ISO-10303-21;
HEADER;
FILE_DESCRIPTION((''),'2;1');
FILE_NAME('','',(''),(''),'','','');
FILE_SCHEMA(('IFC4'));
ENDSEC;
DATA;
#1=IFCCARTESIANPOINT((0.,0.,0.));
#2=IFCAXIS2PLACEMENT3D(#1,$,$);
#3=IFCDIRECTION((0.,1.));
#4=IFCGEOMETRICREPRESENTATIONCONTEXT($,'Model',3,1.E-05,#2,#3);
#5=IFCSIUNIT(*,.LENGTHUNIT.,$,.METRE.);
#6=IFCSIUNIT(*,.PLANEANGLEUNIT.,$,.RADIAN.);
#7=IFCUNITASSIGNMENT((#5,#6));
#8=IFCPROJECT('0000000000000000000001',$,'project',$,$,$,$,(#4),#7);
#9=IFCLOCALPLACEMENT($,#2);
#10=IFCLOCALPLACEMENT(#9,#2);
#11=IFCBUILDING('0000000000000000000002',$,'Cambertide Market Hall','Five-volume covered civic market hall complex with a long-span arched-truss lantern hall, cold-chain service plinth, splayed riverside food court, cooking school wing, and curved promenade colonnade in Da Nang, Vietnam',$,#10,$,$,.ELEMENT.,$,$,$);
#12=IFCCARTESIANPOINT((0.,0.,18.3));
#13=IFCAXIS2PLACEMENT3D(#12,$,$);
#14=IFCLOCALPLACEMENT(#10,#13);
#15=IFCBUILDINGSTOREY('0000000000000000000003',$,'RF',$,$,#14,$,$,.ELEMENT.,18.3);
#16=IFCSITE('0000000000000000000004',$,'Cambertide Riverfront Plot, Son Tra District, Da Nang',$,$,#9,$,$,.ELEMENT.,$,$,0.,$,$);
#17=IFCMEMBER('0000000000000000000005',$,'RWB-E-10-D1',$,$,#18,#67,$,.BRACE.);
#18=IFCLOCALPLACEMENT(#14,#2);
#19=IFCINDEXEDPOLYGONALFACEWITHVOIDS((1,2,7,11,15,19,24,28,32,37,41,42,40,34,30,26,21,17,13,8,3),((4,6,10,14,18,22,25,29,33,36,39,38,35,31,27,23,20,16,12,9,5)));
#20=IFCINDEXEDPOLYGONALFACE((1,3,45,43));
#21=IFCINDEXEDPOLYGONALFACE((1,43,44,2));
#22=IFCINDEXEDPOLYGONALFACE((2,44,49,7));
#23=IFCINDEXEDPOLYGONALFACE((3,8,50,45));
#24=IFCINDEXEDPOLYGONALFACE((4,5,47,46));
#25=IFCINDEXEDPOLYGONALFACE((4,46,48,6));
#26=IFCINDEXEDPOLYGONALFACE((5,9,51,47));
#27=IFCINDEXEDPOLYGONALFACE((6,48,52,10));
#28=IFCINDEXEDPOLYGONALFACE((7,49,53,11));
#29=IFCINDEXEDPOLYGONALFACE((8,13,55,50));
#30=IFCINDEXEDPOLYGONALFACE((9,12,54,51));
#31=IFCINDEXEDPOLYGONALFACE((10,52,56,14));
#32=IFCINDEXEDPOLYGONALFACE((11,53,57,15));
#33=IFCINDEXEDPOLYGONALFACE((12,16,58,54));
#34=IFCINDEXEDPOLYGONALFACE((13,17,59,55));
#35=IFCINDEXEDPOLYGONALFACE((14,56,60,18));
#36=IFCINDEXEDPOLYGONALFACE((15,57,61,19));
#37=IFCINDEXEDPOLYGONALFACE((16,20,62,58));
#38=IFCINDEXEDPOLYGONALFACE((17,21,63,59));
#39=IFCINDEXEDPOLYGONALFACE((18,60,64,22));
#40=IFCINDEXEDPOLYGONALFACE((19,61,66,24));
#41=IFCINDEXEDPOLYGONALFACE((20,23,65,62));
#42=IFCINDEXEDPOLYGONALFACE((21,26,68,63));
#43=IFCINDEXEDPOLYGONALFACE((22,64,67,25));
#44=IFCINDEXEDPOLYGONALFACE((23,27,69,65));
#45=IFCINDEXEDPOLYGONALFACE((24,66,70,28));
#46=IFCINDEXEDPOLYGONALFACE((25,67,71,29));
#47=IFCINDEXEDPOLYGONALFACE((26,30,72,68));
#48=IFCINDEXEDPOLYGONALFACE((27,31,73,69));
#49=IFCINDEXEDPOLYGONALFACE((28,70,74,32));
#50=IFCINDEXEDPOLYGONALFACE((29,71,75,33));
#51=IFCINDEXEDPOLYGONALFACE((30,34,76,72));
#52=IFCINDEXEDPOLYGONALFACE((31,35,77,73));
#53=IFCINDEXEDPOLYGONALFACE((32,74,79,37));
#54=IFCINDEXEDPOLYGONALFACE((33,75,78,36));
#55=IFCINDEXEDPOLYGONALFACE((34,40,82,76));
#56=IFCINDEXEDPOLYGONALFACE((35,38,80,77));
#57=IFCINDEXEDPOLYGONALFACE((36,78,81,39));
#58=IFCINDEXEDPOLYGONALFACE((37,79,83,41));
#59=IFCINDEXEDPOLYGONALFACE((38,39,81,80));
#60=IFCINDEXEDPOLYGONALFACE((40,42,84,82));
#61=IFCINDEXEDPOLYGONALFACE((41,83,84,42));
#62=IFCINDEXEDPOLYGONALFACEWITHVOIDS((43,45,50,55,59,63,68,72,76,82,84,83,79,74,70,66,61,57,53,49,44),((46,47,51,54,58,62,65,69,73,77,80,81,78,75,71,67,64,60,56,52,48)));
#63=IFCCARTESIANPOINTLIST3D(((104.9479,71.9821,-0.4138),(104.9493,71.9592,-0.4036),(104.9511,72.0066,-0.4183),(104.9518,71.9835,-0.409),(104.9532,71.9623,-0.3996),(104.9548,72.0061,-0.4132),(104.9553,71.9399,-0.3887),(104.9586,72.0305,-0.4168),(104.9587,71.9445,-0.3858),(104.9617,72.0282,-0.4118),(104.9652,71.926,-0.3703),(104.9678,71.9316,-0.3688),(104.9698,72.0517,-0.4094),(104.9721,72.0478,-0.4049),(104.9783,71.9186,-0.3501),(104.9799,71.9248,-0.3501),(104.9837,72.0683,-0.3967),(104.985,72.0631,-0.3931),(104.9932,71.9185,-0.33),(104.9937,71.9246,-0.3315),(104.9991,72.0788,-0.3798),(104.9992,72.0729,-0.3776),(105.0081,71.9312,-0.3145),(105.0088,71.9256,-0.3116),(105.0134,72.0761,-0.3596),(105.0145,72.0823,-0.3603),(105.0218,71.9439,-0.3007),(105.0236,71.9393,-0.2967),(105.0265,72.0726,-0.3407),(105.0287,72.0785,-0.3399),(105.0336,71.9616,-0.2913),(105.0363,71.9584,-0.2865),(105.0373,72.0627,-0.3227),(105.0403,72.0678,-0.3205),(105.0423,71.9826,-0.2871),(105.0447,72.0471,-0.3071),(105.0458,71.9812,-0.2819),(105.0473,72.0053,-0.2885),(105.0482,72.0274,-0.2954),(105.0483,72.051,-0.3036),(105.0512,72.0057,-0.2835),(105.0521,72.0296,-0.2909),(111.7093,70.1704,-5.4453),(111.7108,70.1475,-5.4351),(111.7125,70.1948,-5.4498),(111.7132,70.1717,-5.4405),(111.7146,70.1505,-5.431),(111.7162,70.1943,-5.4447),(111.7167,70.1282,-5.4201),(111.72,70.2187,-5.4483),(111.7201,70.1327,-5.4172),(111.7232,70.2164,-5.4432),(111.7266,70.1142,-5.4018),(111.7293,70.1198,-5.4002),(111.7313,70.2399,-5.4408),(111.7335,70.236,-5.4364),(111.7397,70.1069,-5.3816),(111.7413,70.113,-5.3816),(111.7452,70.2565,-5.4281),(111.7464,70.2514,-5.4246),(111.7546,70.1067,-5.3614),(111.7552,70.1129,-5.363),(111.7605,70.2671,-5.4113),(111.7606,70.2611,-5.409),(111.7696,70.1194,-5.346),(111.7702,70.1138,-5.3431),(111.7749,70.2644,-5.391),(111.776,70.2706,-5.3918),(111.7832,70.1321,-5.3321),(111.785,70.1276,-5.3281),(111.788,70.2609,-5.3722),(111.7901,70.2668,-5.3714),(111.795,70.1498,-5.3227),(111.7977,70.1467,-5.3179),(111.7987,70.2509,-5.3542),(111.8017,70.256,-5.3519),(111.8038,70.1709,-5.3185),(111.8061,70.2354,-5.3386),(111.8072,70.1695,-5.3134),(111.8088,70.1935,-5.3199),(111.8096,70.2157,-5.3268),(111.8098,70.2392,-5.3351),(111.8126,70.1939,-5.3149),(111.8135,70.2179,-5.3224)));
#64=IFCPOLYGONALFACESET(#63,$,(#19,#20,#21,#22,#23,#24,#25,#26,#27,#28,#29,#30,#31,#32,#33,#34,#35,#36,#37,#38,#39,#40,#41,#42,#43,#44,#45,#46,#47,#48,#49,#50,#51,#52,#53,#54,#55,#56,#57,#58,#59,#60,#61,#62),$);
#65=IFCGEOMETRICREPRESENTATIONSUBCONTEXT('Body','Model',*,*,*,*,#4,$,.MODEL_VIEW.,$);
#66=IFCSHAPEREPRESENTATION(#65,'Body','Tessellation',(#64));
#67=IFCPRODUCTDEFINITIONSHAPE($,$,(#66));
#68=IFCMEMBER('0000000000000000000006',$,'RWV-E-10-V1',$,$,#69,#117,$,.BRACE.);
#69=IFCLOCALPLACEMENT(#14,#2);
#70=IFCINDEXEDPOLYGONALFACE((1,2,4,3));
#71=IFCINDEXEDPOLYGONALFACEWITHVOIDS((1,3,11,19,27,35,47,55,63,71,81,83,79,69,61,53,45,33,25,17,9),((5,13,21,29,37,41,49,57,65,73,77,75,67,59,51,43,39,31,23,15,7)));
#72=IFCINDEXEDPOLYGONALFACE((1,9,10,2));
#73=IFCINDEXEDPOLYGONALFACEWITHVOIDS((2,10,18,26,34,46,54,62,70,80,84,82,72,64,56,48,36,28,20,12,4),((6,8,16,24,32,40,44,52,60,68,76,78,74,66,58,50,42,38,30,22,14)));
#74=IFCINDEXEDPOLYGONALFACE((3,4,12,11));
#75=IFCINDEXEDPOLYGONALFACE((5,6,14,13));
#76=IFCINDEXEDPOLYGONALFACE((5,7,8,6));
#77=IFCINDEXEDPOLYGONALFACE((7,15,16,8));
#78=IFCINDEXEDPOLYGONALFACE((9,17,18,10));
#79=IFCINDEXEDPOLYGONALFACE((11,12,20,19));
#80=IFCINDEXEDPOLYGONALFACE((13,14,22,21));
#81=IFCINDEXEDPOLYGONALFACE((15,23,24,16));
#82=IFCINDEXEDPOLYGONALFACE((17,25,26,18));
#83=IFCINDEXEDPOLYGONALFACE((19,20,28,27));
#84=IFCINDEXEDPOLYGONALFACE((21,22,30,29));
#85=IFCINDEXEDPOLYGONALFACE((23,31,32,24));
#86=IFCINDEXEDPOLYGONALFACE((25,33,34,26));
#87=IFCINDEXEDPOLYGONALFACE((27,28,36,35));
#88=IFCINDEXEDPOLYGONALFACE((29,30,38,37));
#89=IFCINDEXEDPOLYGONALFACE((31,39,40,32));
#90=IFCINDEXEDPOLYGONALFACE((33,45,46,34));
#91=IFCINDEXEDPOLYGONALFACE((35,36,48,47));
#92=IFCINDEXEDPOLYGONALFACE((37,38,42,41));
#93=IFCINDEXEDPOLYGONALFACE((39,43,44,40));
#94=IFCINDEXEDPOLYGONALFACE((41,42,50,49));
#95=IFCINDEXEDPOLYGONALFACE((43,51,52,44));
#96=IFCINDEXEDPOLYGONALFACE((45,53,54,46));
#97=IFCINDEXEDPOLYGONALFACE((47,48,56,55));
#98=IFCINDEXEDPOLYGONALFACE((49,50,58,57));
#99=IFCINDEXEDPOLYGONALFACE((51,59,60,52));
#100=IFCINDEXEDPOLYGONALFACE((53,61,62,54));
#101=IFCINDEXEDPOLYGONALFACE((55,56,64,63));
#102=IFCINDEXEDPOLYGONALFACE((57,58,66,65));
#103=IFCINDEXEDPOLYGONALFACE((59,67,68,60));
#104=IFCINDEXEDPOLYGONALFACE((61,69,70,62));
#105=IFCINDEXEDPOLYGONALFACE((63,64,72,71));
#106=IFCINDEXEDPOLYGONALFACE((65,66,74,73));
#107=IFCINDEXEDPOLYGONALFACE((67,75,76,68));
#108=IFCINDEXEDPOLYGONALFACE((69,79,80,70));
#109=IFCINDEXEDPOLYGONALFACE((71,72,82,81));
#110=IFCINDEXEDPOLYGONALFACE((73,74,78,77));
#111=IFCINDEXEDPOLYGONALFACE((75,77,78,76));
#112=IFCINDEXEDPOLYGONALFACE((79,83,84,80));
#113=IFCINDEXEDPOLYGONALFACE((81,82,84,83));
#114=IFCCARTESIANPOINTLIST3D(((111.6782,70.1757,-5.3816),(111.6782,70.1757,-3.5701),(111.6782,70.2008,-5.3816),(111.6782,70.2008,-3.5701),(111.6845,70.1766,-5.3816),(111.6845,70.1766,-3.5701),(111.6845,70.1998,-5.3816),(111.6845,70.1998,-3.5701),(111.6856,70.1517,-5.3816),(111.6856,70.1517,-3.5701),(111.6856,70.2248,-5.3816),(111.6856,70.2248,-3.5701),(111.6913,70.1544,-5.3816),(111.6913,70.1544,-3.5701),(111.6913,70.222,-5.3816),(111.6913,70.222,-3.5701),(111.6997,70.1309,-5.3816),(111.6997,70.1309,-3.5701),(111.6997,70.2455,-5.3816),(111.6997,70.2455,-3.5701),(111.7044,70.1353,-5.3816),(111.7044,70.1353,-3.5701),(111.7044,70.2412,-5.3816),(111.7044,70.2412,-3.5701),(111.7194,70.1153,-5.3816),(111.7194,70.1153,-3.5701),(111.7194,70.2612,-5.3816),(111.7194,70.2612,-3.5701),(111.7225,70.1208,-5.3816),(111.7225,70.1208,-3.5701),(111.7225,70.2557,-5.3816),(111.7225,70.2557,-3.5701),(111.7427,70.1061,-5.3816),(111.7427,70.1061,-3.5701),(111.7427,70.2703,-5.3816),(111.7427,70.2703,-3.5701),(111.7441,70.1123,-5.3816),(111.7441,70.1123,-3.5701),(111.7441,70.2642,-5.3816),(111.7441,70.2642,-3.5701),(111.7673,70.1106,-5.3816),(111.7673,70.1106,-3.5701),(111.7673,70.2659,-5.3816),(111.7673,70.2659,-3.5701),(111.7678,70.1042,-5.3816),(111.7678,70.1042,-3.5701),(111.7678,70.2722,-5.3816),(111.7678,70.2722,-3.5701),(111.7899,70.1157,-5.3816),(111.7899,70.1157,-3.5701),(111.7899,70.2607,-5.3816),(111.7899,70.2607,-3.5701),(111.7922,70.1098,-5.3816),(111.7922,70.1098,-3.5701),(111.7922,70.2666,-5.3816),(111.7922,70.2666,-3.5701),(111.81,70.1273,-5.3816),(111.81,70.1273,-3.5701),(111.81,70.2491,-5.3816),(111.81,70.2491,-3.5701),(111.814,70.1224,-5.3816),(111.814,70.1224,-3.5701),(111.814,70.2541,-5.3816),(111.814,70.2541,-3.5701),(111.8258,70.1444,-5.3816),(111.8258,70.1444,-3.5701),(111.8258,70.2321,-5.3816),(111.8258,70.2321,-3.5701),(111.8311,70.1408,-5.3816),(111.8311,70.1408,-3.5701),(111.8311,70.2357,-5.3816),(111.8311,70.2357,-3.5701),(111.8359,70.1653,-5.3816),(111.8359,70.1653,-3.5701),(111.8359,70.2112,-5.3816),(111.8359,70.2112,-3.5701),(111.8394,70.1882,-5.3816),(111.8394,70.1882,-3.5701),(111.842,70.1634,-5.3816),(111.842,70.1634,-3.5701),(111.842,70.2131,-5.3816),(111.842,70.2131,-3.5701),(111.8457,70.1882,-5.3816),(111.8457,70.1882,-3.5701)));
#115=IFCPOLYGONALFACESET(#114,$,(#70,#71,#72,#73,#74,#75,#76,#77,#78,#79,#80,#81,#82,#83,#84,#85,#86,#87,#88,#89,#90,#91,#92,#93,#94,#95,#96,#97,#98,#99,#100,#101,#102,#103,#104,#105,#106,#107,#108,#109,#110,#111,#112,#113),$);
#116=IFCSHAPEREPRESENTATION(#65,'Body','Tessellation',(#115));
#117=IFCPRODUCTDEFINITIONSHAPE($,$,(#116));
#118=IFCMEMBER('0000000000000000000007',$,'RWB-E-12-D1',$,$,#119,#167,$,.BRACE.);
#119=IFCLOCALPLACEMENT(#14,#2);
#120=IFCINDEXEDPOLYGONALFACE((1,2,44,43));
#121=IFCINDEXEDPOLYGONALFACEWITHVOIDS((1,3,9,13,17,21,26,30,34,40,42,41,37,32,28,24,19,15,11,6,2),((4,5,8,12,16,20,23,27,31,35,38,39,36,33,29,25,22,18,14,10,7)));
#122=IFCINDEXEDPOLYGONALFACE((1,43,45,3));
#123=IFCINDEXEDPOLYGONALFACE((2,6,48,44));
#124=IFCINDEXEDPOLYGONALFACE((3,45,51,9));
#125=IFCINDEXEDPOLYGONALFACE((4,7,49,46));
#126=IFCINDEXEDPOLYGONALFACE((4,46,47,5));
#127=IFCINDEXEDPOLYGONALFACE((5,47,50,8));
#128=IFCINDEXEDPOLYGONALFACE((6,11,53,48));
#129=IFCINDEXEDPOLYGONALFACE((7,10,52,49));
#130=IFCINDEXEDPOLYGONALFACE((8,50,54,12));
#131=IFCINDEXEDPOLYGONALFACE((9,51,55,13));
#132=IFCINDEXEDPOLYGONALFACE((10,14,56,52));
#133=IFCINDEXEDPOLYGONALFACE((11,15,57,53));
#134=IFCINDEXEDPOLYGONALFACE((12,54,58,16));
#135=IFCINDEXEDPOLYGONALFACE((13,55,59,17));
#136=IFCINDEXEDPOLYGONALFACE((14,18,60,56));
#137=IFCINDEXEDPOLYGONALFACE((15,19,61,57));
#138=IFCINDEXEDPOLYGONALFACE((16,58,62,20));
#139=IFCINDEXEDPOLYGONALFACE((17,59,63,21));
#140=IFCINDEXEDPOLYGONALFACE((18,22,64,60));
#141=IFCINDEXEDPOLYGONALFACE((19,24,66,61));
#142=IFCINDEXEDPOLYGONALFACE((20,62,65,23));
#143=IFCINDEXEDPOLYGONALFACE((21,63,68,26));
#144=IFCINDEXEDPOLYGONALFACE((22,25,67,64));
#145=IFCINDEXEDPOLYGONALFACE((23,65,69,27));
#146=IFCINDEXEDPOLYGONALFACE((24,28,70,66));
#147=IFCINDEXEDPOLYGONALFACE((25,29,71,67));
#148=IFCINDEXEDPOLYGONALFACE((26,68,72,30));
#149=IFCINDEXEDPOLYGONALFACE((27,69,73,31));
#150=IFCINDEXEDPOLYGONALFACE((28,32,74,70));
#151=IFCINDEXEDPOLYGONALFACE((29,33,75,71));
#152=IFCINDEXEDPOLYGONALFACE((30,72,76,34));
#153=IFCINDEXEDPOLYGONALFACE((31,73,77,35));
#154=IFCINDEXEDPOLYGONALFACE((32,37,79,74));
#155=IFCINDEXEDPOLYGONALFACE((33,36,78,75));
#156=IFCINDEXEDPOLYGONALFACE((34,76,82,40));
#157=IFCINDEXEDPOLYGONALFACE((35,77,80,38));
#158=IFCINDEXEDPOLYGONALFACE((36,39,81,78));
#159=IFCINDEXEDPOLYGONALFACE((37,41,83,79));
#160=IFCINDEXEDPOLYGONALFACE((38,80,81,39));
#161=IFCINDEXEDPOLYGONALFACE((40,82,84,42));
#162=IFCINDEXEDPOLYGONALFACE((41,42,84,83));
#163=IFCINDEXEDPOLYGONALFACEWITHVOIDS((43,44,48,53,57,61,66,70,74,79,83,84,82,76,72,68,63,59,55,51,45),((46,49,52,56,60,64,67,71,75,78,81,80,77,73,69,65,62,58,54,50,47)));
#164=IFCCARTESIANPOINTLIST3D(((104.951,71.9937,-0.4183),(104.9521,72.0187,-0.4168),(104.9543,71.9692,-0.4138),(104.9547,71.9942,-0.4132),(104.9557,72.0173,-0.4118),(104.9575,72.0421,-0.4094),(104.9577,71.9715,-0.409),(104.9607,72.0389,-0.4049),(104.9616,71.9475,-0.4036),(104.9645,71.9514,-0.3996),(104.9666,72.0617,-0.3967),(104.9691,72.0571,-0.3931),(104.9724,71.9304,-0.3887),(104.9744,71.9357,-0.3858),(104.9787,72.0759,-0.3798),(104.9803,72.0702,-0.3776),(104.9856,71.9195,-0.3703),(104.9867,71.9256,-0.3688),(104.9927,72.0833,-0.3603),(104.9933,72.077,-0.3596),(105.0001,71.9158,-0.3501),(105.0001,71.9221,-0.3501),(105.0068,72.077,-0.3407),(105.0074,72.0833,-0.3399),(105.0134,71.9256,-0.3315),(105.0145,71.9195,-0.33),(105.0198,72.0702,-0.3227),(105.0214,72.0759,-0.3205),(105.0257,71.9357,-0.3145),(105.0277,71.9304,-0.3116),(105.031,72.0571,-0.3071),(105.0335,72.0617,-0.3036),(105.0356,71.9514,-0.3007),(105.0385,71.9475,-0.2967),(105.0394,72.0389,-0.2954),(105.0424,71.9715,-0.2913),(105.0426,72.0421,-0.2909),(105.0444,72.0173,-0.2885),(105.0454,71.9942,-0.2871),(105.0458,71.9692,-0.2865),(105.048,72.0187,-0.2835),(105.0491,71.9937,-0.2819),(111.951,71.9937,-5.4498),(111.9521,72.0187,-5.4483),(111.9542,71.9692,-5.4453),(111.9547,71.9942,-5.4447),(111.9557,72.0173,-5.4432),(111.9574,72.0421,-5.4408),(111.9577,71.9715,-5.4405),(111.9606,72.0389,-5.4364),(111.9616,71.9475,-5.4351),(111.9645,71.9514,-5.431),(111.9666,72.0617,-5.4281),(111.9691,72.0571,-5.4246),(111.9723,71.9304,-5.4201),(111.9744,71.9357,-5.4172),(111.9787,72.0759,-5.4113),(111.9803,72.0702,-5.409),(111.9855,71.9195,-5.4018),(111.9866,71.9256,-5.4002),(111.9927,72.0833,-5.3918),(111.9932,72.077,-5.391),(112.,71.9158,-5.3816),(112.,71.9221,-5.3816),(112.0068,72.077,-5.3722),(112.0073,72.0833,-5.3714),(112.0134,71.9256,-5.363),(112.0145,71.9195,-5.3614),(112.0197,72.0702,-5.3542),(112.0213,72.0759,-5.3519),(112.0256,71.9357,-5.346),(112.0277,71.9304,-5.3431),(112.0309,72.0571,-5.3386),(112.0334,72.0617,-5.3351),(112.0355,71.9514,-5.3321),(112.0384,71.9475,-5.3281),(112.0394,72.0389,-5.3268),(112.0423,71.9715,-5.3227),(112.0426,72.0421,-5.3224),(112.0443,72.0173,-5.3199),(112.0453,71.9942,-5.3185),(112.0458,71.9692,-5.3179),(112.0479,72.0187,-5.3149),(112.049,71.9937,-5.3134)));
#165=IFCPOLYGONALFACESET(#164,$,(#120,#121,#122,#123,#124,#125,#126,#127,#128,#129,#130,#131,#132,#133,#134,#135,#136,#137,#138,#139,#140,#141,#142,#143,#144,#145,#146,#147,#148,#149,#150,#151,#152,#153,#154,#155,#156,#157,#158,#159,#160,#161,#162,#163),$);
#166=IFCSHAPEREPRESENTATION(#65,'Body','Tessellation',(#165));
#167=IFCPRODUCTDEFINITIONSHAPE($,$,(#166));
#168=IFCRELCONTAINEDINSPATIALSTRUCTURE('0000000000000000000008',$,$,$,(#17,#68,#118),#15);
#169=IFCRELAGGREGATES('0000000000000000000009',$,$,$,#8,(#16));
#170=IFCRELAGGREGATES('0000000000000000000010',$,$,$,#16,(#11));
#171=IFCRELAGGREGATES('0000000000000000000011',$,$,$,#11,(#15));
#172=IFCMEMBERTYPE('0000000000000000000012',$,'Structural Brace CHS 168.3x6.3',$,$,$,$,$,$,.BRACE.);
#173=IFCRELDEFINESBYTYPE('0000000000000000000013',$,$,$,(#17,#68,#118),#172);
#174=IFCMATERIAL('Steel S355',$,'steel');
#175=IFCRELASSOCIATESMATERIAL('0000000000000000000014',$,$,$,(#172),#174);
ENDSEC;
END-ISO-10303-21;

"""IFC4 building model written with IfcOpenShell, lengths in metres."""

from ifc_helpers import new_model, si_unit, direction, frame, origin, origin_2d, place, context, subcontext, project, spatial, hollow_circle, extrude, material, material_profile, profile_set, type_object, element, save


model = new_model("IFC4")

# Units and contexts
model_context = context("Model", 3, precision=1e-05, world=origin(), true_north=direction((0.0, 1.0)))
body_context = subcontext(model_context, "Body", "Model", "MODEL_VIEW")
ifc_project = project(units=[si_unit("LENGTHUNIT", "METRE"), si_unit("PLANEANGLEUNIT", "RADIAN")], contexts=[model_context])

# Site, building, storey
site_placement = place(None, origin())
site = spatial("IfcSite", under=ifc_project, at=site_placement, Name="Cambertide Riverfront Plot, Son Tra District, Da Nang", CompositionType="ELEMENT", RefElevation=0.0)
building_placement = place(site_placement, origin())
building = spatial("IfcBuilding", under=site, at=building_placement, Name="Cambertide Market Hall", Description="Five-volume covered civic market hall complex with a long-span arched-truss lantern hall, cold-chain service plinth, splayed riverside food court, cooking school wing, and curved promenade colonnade in Da Nang, Vietnam", CompositionType="ELEMENT")
storey_placement = place(building_placement, frame((0.0, 0.0, 18.3)))
storey = spatial("IfcBuildingStorey", under=building, at=storey_placement, Name="RF", CompositionType="ELEMENT", Elevation=18.3)

# Members
ifc_material_1 = material(Name="Steel S355", Category="steel")
ifc_material_profile_1 = material_profile(ifc_material_1, hollow_circle(Radius=0.0842, WallThickness=0.0063, at=origin_2d()), Name="CHS 168.3x6.3")
ifc_profile_set_1 = profile_set([ifc_material_profile_1], Name="Steel S355")
member_type_1 = type_object("IfcMemberType", Name="Structural Brace CHS 168.3x6.3", PredefinedType="BRACE", material=ifc_profile_set_1)
member_1_placement = place(storey_placement, frame((111.7615, 70.1882, -5.3816), z_axis=(-0.784333, 0.210165, 0.583655), x_axis=(-0.258824, -0.965925, 0.0)))
element("IfcMember", 1, at=member_1_placement, inside=storey, type_object=member_type_1, Name="RWB-E-10-D1", PredefinedType="BRACE", context=body_context, shape_type="SweptSolid", body=[
    extrude(hollow_circle(Radius=0.0842, WallThickness=0.0063, at=origin_2d()), origin(), (0.0, 0.0, 1.0), 8.6206),
])
member_2_placement = place(storey_placement, frame((111.7615, 70.1882, -5.3816), z_axis=(0.0, 0.0, 1.0), x_axis=(1.0, 0.0, 0.0)))
element("IfcMember", 2, at=member_2_placement, inside=storey, type_object=member_type_1, Name="RWV-E-10-V1", PredefinedType="BRACE", context=body_context, shape_type="SweptSolid", body=[
    extrude(hollow_circle(Radius=0.0842, WallThickness=0.0063, at=origin_2d()), origin(), (0.0, 0.0, 1.0), 1.8115),
])
member_3_placement = place(storey_placement, frame((112.0, 72.0, -5.3816), z_axis=(-0.812002, 0.0, 0.583655), x_axis=(0.0, -1.0, 0.0)))
element("IfcMember", 3, at=member_3_placement, inside=storey, type_object=member_type_1, Name="RWB-E-12-D1", PredefinedType="BRACE", context=body_context, shape_type="SweptSolid", body=[
    extrude(hollow_circle(Radius=0.0842, WallThickness=0.0063, at=origin_2d()), origin(), (0.0, 0.0, 1.0), 8.6206),
])

save(model, "model.ifc")
